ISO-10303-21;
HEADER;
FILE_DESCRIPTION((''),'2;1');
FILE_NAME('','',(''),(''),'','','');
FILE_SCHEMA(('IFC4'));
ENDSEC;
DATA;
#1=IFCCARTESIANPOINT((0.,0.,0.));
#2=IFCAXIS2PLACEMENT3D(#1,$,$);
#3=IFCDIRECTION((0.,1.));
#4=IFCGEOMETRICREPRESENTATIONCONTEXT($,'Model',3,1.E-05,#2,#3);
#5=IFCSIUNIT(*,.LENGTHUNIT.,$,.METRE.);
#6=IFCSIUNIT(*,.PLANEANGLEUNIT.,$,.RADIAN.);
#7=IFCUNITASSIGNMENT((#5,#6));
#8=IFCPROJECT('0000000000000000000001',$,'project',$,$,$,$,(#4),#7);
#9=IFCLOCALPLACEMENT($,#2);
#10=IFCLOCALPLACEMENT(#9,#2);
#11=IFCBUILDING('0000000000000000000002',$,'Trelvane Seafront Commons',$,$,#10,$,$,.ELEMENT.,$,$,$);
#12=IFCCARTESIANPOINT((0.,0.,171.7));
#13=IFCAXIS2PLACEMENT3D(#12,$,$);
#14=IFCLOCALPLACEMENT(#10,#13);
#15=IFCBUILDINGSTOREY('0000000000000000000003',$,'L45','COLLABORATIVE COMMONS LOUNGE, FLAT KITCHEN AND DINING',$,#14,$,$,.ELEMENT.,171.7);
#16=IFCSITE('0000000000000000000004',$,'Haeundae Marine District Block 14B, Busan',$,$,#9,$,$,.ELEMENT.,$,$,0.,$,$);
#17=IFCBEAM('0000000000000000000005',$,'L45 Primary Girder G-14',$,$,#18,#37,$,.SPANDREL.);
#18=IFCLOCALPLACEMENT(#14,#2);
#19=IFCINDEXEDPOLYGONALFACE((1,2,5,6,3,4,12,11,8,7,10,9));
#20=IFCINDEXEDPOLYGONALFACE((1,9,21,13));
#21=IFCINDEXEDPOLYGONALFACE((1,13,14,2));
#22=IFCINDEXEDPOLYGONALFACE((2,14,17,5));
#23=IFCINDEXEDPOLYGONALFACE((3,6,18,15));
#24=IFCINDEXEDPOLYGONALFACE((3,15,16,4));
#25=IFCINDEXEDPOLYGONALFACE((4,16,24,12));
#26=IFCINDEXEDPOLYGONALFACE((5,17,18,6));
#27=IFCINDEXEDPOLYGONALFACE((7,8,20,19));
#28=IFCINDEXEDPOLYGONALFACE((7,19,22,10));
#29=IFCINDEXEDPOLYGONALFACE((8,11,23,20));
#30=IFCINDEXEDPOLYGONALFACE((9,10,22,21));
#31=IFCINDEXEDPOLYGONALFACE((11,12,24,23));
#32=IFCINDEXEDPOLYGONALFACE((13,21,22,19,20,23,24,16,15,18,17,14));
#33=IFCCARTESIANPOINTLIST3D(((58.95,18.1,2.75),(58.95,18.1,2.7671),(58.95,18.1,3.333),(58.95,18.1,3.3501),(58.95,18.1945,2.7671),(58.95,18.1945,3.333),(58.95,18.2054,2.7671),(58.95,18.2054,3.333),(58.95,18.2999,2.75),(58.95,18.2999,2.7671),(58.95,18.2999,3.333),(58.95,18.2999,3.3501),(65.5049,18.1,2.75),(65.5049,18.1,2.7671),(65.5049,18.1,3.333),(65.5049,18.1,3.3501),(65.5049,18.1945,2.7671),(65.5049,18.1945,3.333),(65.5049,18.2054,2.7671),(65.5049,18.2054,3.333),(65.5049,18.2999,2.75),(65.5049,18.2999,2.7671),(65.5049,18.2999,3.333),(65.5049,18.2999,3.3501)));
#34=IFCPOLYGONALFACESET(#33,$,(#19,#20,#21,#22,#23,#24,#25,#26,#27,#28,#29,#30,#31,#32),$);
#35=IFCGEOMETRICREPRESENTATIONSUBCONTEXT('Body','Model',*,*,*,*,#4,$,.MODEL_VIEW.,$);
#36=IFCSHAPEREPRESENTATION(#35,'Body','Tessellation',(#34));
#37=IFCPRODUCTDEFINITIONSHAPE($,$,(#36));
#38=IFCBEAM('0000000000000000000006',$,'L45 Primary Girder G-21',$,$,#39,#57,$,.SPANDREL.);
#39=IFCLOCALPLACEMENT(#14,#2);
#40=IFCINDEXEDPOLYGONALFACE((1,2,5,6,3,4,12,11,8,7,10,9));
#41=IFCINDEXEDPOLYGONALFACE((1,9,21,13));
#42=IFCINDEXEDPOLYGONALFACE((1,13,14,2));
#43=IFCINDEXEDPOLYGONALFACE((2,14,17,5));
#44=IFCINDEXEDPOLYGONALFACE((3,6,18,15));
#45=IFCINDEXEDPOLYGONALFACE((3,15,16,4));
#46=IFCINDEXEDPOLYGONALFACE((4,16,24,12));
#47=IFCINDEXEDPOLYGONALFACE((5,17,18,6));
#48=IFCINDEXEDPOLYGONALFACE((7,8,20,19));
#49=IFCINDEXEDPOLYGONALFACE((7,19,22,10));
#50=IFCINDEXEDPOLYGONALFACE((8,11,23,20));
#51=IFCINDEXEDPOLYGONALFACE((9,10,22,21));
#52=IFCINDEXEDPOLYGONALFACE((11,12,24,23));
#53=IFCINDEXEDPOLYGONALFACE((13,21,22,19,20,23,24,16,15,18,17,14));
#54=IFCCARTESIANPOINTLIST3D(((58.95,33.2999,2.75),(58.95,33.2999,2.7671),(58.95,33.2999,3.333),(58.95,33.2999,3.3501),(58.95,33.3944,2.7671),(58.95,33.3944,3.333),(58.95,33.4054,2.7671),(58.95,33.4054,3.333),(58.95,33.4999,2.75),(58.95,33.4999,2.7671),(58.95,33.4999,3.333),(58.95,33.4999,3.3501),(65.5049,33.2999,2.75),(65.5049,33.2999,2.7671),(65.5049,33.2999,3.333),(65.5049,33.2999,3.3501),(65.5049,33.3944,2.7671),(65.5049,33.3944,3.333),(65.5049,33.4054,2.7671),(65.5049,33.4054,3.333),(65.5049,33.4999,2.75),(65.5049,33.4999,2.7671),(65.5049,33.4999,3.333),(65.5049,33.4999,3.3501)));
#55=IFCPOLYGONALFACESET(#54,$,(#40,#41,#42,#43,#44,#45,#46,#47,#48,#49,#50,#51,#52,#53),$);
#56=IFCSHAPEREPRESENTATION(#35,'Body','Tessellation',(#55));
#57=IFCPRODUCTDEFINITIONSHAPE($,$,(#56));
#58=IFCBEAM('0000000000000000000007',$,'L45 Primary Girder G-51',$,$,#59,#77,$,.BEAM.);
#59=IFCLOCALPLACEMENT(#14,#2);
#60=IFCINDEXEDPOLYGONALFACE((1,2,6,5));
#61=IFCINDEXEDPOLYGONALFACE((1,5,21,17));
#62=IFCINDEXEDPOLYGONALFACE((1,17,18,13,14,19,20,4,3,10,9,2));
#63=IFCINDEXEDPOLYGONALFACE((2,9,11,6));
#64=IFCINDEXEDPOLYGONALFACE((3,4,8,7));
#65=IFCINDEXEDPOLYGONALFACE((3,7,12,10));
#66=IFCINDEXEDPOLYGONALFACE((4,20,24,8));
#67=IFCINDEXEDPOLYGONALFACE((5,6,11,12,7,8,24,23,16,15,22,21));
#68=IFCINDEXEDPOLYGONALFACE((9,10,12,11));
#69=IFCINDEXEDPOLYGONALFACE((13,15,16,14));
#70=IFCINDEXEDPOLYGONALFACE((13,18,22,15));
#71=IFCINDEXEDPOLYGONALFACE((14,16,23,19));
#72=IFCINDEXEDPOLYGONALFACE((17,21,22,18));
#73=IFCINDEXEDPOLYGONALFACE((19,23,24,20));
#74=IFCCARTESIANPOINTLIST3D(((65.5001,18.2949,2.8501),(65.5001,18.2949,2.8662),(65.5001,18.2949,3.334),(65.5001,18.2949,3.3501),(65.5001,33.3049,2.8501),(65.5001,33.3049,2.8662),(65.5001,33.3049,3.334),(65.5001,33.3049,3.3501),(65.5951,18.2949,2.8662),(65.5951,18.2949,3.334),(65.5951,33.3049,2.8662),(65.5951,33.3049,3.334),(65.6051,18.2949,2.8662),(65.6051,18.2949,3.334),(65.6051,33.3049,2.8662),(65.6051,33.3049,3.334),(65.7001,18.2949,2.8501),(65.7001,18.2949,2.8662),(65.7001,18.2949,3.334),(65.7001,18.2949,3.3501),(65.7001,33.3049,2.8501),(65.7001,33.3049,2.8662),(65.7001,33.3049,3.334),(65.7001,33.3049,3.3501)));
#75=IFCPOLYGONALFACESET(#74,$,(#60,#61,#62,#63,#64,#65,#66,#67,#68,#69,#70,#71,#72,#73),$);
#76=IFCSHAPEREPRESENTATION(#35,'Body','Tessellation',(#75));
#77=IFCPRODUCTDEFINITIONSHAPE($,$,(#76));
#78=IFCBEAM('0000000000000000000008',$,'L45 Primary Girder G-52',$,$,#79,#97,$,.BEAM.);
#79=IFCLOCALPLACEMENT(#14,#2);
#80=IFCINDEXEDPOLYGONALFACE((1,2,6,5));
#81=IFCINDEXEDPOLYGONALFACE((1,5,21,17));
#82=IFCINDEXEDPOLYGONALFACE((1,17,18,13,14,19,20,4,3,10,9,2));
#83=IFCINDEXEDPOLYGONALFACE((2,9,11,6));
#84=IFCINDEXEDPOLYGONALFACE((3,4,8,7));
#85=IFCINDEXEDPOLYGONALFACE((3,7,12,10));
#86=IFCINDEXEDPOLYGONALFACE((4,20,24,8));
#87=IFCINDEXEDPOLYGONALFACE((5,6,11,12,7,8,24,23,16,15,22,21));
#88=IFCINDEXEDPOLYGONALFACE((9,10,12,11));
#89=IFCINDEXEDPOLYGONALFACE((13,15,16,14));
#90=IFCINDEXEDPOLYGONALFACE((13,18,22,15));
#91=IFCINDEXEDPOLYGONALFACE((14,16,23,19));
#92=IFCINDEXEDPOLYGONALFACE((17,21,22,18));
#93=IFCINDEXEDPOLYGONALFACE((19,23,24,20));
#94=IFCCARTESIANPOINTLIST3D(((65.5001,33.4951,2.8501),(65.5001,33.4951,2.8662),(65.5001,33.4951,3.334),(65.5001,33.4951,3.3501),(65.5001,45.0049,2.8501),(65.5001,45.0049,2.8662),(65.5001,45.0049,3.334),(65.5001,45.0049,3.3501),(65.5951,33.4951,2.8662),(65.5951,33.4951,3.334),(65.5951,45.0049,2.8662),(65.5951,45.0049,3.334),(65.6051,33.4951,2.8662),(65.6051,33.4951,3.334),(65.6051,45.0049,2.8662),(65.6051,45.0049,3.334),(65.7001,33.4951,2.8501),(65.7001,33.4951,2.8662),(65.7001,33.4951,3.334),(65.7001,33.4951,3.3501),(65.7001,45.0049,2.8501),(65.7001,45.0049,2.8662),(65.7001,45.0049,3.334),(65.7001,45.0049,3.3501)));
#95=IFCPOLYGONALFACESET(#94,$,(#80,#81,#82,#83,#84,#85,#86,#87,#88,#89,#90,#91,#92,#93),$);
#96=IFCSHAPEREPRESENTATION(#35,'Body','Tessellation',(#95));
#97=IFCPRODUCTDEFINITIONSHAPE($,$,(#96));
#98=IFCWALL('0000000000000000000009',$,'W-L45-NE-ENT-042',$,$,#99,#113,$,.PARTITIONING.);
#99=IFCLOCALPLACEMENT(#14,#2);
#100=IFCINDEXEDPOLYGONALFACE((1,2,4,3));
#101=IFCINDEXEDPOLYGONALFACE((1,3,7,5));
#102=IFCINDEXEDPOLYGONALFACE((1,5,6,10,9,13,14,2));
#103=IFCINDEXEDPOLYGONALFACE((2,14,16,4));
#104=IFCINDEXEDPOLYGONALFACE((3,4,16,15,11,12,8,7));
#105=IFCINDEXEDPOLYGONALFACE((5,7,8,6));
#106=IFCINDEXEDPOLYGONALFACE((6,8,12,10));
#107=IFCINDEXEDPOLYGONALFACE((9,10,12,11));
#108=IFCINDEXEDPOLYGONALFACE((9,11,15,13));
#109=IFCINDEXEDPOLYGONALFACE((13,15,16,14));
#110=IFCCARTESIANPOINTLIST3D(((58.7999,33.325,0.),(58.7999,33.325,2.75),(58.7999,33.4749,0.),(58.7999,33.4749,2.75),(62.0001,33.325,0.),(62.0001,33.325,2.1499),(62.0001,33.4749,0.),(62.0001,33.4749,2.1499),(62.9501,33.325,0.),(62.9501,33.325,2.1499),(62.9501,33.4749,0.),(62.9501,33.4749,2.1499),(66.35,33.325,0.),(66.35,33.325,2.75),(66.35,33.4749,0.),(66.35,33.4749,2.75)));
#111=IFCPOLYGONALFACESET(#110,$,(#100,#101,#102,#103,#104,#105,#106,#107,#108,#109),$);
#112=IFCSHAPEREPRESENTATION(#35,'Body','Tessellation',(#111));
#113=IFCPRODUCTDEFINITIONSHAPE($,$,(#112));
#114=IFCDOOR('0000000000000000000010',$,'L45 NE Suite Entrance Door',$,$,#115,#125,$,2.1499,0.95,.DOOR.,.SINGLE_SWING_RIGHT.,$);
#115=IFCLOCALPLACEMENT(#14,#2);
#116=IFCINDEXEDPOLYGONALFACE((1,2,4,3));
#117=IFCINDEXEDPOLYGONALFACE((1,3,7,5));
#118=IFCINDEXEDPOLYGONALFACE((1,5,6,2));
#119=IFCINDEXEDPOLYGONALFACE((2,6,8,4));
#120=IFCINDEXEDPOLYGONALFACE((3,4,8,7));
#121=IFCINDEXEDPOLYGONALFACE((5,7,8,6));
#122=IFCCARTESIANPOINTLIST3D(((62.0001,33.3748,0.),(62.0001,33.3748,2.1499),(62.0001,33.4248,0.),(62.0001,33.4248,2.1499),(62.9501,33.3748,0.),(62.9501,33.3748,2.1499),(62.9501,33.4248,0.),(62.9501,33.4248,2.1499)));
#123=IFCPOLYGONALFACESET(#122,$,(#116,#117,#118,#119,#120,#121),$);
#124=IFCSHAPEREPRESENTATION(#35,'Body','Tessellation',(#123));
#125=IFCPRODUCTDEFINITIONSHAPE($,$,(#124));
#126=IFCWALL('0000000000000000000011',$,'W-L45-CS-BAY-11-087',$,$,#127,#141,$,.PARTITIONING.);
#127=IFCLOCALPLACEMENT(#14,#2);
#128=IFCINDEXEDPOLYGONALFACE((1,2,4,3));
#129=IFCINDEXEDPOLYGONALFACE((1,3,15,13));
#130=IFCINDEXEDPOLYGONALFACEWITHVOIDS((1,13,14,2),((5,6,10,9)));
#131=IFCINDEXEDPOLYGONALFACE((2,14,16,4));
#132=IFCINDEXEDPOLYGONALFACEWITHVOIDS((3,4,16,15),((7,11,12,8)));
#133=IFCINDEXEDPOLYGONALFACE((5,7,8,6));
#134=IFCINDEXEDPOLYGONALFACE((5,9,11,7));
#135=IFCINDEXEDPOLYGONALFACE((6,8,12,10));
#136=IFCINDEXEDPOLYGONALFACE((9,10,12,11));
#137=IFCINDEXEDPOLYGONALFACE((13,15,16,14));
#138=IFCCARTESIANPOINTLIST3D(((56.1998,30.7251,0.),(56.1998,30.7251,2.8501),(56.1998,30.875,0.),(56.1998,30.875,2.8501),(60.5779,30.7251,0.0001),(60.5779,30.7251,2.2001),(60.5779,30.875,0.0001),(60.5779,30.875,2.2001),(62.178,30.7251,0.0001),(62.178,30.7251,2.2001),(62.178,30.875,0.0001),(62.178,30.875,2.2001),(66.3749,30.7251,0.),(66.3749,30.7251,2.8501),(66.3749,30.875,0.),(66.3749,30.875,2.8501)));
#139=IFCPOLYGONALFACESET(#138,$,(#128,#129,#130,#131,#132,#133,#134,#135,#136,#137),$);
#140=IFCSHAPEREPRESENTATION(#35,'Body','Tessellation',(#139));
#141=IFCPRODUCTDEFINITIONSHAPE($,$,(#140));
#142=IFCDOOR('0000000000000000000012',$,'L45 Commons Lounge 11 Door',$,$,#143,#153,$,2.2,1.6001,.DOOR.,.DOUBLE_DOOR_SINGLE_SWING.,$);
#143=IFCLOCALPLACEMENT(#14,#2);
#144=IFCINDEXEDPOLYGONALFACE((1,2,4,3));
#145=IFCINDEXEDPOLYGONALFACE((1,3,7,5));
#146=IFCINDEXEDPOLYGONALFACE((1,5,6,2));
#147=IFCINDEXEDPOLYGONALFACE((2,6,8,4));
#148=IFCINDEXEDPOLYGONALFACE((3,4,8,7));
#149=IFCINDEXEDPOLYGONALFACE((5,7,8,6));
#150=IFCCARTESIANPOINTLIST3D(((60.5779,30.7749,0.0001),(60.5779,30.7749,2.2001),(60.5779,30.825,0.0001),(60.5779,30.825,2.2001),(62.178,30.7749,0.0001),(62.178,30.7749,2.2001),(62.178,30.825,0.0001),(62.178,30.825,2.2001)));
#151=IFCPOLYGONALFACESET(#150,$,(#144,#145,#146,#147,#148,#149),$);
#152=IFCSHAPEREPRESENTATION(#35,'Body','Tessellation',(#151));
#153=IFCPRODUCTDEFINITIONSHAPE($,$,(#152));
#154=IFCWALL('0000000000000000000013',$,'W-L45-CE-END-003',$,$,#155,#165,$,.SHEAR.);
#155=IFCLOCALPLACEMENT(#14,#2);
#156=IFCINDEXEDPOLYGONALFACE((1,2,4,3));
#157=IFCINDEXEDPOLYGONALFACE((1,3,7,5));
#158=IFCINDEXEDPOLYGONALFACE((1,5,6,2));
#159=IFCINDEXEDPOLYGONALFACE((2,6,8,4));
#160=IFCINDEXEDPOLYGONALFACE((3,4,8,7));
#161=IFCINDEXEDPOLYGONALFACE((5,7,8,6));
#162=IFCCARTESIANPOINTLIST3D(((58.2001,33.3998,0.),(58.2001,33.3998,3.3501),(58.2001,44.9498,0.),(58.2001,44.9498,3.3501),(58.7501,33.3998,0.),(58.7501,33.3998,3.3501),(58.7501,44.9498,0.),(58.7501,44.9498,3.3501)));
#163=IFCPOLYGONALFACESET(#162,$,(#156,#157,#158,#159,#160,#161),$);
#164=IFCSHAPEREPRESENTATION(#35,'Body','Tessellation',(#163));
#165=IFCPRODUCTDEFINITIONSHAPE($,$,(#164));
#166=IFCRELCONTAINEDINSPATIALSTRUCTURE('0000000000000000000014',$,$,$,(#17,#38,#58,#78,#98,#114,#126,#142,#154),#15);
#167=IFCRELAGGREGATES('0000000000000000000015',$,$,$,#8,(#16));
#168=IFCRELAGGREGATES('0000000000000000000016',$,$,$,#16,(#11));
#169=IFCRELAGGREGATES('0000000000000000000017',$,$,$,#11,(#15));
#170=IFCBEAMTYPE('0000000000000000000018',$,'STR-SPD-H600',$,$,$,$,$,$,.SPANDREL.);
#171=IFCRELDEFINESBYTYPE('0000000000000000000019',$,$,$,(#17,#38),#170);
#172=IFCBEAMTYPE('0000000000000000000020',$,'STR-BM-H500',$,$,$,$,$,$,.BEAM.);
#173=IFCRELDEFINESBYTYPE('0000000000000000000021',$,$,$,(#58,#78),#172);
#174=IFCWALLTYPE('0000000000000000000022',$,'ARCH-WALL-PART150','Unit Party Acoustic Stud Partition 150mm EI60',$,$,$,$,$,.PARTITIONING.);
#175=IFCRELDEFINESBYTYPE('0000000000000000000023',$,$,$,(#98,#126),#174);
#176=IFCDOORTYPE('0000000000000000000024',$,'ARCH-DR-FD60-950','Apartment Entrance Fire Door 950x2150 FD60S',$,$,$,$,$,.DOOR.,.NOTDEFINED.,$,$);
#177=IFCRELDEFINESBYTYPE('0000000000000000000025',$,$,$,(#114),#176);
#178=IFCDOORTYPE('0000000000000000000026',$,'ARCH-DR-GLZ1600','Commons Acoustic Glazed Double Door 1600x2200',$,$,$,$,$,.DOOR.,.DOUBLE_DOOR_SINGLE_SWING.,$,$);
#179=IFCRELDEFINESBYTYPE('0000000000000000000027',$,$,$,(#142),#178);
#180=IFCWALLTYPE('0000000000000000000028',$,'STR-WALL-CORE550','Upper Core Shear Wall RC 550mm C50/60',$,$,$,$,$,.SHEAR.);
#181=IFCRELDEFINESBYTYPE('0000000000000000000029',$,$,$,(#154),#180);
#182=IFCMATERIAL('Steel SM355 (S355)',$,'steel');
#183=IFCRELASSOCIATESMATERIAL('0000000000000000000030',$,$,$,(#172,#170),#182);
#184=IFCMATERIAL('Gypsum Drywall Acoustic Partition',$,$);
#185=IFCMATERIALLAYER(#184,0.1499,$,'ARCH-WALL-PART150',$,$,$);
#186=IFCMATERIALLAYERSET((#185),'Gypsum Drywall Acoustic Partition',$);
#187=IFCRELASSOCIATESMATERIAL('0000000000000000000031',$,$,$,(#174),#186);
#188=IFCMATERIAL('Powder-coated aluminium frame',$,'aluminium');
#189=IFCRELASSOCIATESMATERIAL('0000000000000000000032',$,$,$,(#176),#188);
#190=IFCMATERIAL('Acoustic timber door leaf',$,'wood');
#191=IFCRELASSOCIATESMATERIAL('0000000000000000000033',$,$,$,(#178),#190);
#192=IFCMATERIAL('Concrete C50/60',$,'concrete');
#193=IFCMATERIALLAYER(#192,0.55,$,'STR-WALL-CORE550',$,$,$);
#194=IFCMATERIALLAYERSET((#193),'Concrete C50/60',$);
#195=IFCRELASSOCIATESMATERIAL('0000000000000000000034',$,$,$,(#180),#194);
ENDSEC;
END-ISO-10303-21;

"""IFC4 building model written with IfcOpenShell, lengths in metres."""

from ifc_helpers import new_model, si_unit, direction, frame, frame_2d, origin, origin_2d, place, context, subcontext, project, spatial, rectangle, i_section, extrude, source, transform, mapped, material, layer, layer_set, material_profile, profile_set, type_object, element, fill, save


model = new_model("IFC4")

# Units and contexts
model_context = context("Model", 3, precision=1e-05, world=origin(), true_north=direction((0.0, 1.0)))
body_context = subcontext(model_context, "Body", "Model", "MODEL_VIEW")
ifc_project = project(units=[si_unit("LENGTHUNIT", "METRE"), si_unit("PLANEANGLEUNIT", "RADIAN")], contexts=[model_context])

# Site, building, storey
site_placement = place(None, origin())
site = spatial("IfcSite", under=ifc_project, at=site_placement, Name="Haeundae Marine District Block 14B, Busan", CompositionType="ELEMENT", RefElevation=0.0)
building_placement = place(site_placement, origin())
building = spatial("IfcBuilding", under=site, at=building_placement, Name="Trelvane Seafront Commons", CompositionType="ELEMENT")
storey_placement = place(building_placement, frame((0.0, 0.0, 171.7)))
storey = spatial("IfcBuildingStorey", under=building, at=storey_placement, Name="L45", Description="COLLABORATIVE COMMONS LOUNGE, FLAT KITCHEN AND DINING", CompositionType="ELEMENT", Elevation=171.7)

# Shared definitions
ifc_material_1 = material(Name="Steel SM355 (S355)", Category="steel")
ifc_material_2 = material(Name="Concrete C50/60", Category="concrete")

# Beams
ifc_material_profile_1 = material_profile(ifc_material_1, i_section(OverallWidth=0.2, OverallDepth=0.5, WebThickness=0.01, FlangeThickness=0.0161, at=origin_2d()), Name="H-500x200x10x16")
ifc_profile_set_1 = profile_set([ifc_material_profile_1], Name="Steel SM355 (S355)")
beam_type_1 = type_object("IfcBeamType", Name="STR-BM-H500", PredefinedType="BEAM", material=ifc_profile_set_1)
ifc_material_profile_2 = material_profile(ifc_material_1, i_section(OverallWidth=0.2, OverallDepth=0.6001, WebThickness=0.011, FlangeThickness=0.0171, at=origin_2d()), Name="H-600x200x11x17")
ifc_profile_set_2 = profile_set([ifc_material_profile_2], Name="Steel SM355 (S355)")
beam_type_2 = type_object("IfcBeamType", Name="STR-SPD-H600", PredefinedType="SPANDREL", material=ifc_profile_set_2)
shared_shape_1 = source(origin(), body_context, "Body", "SweptSolid", [
    extrude(i_section(OverallWidth=0.2, OverallDepth=0.6001, WebThickness=0.011, FlangeThickness=0.0171, at=origin_2d()), origin(), (0.0, 0.0, 1.0), 6.5549),
])
for number, where, z_axis, x_axis, name in (
    (1, (58.95, 18.2, 3.05), (1.0, 0.0, 0.0), (0.0, 1.0, 0.0), "L45 Primary Girder G-14"),
    (2, (58.95, 33.3999, 3.05), (1.0, 0.0, 0.0), (0.0, 1.0, 0.0), "L45 Primary Girder G-21"),
):
    element("IfcBeam", number, at=place(storey_placement, frame(where, z_axis=z_axis, x_axis=x_axis)), inside=storey, type_object=beam_type_2, Name=name, PredefinedType="SPANDREL", context=body_context, shape_type="MappedRepresentation", body=[
        mapped(shared_shape_1, transform((0.0, 0.0, 0.0), x_axis=(1.0, 0.0, 0.0), y_axis=(0.0, 1.0, 0.0), z_axis=(0.0, 0.0, 1.0), scale=1.0)),
    ])
shared_shape_2 = source(origin(), body_context, "Body", "SweptSolid", [
    extrude(i_section(OverallWidth=0.2, OverallDepth=0.5, WebThickness=0.01, FlangeThickness=0.0161, at=origin_2d()), origin(), (0.0, 0.0, 1.0), 15.01),
])
beam_1_placement = place(storey_placement, frame((65.6001, 18.2949, 3.1001), z_axis=(0.0, 1.0, 0.0), x_axis=(-1.0, 0.0, 0.0)))
element("IfcBeam", 3, at=beam_1_placement, inside=storey, type_object=beam_type_1, Name="L45 Primary Girder G-51", PredefinedType="BEAM", context=body_context, shape_type="MappedRepresentation", body=[
    mapped(shared_shape_2, transform((0.0, 0.0, 0.0), x_axis=(1.0, 0.0, 0.0), y_axis=(0.0, 1.0, 0.0), z_axis=(0.0, 0.0, 1.0), scale=1.0)),
])
shared_shape_3 = source(origin(), body_context, "Body", "SweptSolid", [
    extrude(i_section(OverallWidth=0.2, OverallDepth=0.5, WebThickness=0.01, FlangeThickness=0.0161, at=origin_2d()), origin(), (0.0, 0.0, 1.0), 11.5098),
])
beam_2_placement = place(storey_placement, frame((65.6001, 33.4951, 3.1001), z_axis=(0.0, 1.0, 0.0), x_axis=(-1.0, 0.0, 0.0)))
element("IfcBeam", 4, at=beam_2_placement, inside=storey, type_object=beam_type_1, Name="L45 Primary Girder G-52", PredefinedType="BEAM", context=body_context, shape_type="MappedRepresentation", body=[
    mapped(shared_shape_3, transform((0.0, 0.0, 0.0), x_axis=(1.0, 0.0, 0.0), y_axis=(0.0, 1.0, 0.0), z_axis=(0.0, 0.0, 1.0), scale=1.0)),
])

# Walls, openings, doors
ifc_material_3 = material(Name="Gypsum Drywall Acoustic Partition")
ifc_layer_1 = layer(ifc_material_3, 0.1499, Name="ARCH-WALL-PART150")
ifc_layer_set_1 = layer_set([ifc_layer_1], Name="Gypsum Drywall Acoustic Partition")
wall_type_1 = type_object("IfcWallType", Name="ARCH-WALL-PART150", Description="Unit Party Acoustic Stud Partition 150mm EI60", PredefinedType="PARTITIONING", material=ifc_layer_set_1)
wall_1_placement = place(storey_placement, frame((58.8, 33.3999, 0.0), z_axis=(0.0, 0.0, 1.0), x_axis=(1.0, 0.0, 0.0)))
wall_1 = element("IfcWall", 5, at=wall_1_placement, inside=storey, type_object=wall_type_1, Name="W-L45-NE-ENT-042", PredefinedType="PARTITIONING", context=body_context, shape_type="SweptSolid", body=[
    extrude(rectangle(XDim=7.55, YDim=0.1499, at=frame_2d((3.7749, 0.0))), origin(), (0.0, 0.0, 1.0), 2.75),
])
opening_1_placement = place(wall_1_placement, frame((3.2, 0.0, 0.0)))
opening_1 = element("IfcOpeningElement", 6, at=opening_1_placement, cuts=wall_1, PredefinedType="OPENING", context=body_context, shape_type="SweptSolid", body=[
    extrude(rectangle(XDim=0.95, YDim=2.1499, at=frame_2d((0.4751, 1.075))), frame((0.0, 0.085, 0.0), z_axis=(0.0, -1.0, 0.0), x_axis=(1.0, 0.0, 0.0)), (0.0, 0.0, 1.0), 0.1699),
])
ifc_material_4 = material(Name="Powder-coated aluminium frame", Category="aluminium")
door_type_1 = type_object("IfcDoorType", Name="ARCH-DR-FD60-950", Description="Apartment Entrance Fire Door 950x2150 FD60S", OperationType="NOTDEFINED", PredefinedType="DOOR", material=ifc_material_4)
shared_shape_4 = source(origin(), body_context, "Body", "SweptSolid", [
    extrude(rectangle(XDim=0.95, YDim=2.1499, at=frame_2d((0.4751, 1.075))), frame((0.0, 0.0249, 0.0), z_axis=(0.0, -1.0, 0.0), x_axis=(1.0, 0.0, 0.0)), (0.0, 0.0, 1.0), 0.05),
])
door_1_placement = place(opening_1_placement, origin())
door_1 = element("IfcDoor", 7, at=door_1_placement, inside=storey, type_object=door_type_1, Name="L45 NE Suite Entrance Door", OperationType="SINGLE_SWING_RIGHT", OverallHeight=2.1499, OverallWidth=0.95, PredefinedType="DOOR", context=body_context, shape_type="MappedRepresentation", body=[
    mapped(shared_shape_4, transform((0.0, 0.0, 0.0), x_axis=(1.0, 0.0, 0.0), y_axis=(0.0, 1.0, 0.0), z_axis=(0.0, 0.0, 1.0), scale=1.0)),
])
fill(opening_1, door_1)
wall_2_placement = place(storey_placement, frame((56.2, 30.8, 0.0), z_axis=(0.0, 0.0, 1.0), x_axis=(1.0, 0.0, 0.0)))
wall_2 = element("IfcWall", 8, at=wall_2_placement, inside=storey, type_object=wall_type_1, Name="W-L45-CS-BAY-11-087", PredefinedType="PARTITIONING", context=body_context, shape_type="SweptSolid", body=[
    extrude(rectangle(XDim=10.175, YDim=0.1499, at=frame_2d((5.0874, 0.0))), origin(), (0.0, 0.0, 1.0), 2.8501),
])
opening_2_placement = place(wall_2_placement, frame((4.3779, 0.0, 0.0)))
opening_2 = element("IfcOpeningElement", 9, at=opening_2_placement, cuts=wall_2, PredefinedType="OPENING", context=body_context, shape_type="SweptSolid", body=[
    extrude(rectangle(XDim=1.6001, YDim=2.2, at=frame_2d((0.8, 1.1001))), frame((0.0, 0.085, 0.0), z_axis=(0.0, -1.0, 0.0), x_axis=(1.0, 0.0, 0.0)), (0.0, 0.0, 1.0), 0.1699),
])
ifc_material_5 = material(Name="Acoustic timber door leaf", Category="wood")
door_type_2 = type_object("IfcDoorType", Name="ARCH-DR-GLZ1600", Description="Commons Acoustic Glazed Double Door 1600x2200", OperationType="DOUBLE_DOOR_SINGLE_SWING", PredefinedType="DOOR", material=ifc_material_5)
shared_shape_5 = source(origin(), body_context, "Body", "SweptSolid", [
    extrude(rectangle(XDim=1.6001, YDim=2.2, at=frame_2d((0.8, 1.1001))), frame((0.0, 0.0249, 0.0), z_axis=(0.0, -1.0, 0.0), x_axis=(1.0, 0.0, 0.0)), (0.0, 0.0, 1.0), 0.05),
])
door_2_placement = place(opening_2_placement, origin())
door_2 = element("IfcDoor", 10, at=door_2_placement, inside=storey, type_object=door_type_2, Name="L45 Commons Lounge 11 Door", OperationType="DOUBLE_DOOR_SINGLE_SWING", OverallHeight=2.2, OverallWidth=1.6001, PredefinedType="DOOR", context=body_context, shape_type="MappedRepresentation", body=[
    mapped(shared_shape_5, transform((0.0, 0.0, 0.0), x_axis=(1.0, 0.0, 0.0), y_axis=(0.0, 1.0, 0.0), z_axis=(0.0, 0.0, 1.0), scale=1.0)),
])
fill(opening_2, door_2)

# Wall
ifc_layer_2 = layer(ifc_material_2, 0.55, Name="STR-WALL-CORE550")
ifc_layer_set_2 = layer_set([ifc_layer_2], Name="Concrete C50/60")
wall_type_2 = type_object("IfcWallType", Name="STR-WALL-CORE550", Description="Upper Core Shear Wall RC 550mm C50/60", PredefinedType="SHEAR", material=ifc_layer_set_2)
wall_3_placement = place(storey_placement, frame((58.4751, 33.3999, 0.0), z_axis=(0.0, 0.0, 1.0), x_axis=(0.0, 1.0, 0.0)))
element("IfcWall", 11, at=wall_3_placement, inside=storey, type_object=wall_type_2, Name="W-L45-CE-END-003", PredefinedType="SHEAR", context=body_context, shape_type="SweptSolid", body=[
    extrude(rectangle(XDim=11.55, YDim=0.55, at=frame_2d((5.7749, 0.0))), origin(), (0.0, 0.0, 1.0), 3.3501),
])

save(model, "model.ifc")
